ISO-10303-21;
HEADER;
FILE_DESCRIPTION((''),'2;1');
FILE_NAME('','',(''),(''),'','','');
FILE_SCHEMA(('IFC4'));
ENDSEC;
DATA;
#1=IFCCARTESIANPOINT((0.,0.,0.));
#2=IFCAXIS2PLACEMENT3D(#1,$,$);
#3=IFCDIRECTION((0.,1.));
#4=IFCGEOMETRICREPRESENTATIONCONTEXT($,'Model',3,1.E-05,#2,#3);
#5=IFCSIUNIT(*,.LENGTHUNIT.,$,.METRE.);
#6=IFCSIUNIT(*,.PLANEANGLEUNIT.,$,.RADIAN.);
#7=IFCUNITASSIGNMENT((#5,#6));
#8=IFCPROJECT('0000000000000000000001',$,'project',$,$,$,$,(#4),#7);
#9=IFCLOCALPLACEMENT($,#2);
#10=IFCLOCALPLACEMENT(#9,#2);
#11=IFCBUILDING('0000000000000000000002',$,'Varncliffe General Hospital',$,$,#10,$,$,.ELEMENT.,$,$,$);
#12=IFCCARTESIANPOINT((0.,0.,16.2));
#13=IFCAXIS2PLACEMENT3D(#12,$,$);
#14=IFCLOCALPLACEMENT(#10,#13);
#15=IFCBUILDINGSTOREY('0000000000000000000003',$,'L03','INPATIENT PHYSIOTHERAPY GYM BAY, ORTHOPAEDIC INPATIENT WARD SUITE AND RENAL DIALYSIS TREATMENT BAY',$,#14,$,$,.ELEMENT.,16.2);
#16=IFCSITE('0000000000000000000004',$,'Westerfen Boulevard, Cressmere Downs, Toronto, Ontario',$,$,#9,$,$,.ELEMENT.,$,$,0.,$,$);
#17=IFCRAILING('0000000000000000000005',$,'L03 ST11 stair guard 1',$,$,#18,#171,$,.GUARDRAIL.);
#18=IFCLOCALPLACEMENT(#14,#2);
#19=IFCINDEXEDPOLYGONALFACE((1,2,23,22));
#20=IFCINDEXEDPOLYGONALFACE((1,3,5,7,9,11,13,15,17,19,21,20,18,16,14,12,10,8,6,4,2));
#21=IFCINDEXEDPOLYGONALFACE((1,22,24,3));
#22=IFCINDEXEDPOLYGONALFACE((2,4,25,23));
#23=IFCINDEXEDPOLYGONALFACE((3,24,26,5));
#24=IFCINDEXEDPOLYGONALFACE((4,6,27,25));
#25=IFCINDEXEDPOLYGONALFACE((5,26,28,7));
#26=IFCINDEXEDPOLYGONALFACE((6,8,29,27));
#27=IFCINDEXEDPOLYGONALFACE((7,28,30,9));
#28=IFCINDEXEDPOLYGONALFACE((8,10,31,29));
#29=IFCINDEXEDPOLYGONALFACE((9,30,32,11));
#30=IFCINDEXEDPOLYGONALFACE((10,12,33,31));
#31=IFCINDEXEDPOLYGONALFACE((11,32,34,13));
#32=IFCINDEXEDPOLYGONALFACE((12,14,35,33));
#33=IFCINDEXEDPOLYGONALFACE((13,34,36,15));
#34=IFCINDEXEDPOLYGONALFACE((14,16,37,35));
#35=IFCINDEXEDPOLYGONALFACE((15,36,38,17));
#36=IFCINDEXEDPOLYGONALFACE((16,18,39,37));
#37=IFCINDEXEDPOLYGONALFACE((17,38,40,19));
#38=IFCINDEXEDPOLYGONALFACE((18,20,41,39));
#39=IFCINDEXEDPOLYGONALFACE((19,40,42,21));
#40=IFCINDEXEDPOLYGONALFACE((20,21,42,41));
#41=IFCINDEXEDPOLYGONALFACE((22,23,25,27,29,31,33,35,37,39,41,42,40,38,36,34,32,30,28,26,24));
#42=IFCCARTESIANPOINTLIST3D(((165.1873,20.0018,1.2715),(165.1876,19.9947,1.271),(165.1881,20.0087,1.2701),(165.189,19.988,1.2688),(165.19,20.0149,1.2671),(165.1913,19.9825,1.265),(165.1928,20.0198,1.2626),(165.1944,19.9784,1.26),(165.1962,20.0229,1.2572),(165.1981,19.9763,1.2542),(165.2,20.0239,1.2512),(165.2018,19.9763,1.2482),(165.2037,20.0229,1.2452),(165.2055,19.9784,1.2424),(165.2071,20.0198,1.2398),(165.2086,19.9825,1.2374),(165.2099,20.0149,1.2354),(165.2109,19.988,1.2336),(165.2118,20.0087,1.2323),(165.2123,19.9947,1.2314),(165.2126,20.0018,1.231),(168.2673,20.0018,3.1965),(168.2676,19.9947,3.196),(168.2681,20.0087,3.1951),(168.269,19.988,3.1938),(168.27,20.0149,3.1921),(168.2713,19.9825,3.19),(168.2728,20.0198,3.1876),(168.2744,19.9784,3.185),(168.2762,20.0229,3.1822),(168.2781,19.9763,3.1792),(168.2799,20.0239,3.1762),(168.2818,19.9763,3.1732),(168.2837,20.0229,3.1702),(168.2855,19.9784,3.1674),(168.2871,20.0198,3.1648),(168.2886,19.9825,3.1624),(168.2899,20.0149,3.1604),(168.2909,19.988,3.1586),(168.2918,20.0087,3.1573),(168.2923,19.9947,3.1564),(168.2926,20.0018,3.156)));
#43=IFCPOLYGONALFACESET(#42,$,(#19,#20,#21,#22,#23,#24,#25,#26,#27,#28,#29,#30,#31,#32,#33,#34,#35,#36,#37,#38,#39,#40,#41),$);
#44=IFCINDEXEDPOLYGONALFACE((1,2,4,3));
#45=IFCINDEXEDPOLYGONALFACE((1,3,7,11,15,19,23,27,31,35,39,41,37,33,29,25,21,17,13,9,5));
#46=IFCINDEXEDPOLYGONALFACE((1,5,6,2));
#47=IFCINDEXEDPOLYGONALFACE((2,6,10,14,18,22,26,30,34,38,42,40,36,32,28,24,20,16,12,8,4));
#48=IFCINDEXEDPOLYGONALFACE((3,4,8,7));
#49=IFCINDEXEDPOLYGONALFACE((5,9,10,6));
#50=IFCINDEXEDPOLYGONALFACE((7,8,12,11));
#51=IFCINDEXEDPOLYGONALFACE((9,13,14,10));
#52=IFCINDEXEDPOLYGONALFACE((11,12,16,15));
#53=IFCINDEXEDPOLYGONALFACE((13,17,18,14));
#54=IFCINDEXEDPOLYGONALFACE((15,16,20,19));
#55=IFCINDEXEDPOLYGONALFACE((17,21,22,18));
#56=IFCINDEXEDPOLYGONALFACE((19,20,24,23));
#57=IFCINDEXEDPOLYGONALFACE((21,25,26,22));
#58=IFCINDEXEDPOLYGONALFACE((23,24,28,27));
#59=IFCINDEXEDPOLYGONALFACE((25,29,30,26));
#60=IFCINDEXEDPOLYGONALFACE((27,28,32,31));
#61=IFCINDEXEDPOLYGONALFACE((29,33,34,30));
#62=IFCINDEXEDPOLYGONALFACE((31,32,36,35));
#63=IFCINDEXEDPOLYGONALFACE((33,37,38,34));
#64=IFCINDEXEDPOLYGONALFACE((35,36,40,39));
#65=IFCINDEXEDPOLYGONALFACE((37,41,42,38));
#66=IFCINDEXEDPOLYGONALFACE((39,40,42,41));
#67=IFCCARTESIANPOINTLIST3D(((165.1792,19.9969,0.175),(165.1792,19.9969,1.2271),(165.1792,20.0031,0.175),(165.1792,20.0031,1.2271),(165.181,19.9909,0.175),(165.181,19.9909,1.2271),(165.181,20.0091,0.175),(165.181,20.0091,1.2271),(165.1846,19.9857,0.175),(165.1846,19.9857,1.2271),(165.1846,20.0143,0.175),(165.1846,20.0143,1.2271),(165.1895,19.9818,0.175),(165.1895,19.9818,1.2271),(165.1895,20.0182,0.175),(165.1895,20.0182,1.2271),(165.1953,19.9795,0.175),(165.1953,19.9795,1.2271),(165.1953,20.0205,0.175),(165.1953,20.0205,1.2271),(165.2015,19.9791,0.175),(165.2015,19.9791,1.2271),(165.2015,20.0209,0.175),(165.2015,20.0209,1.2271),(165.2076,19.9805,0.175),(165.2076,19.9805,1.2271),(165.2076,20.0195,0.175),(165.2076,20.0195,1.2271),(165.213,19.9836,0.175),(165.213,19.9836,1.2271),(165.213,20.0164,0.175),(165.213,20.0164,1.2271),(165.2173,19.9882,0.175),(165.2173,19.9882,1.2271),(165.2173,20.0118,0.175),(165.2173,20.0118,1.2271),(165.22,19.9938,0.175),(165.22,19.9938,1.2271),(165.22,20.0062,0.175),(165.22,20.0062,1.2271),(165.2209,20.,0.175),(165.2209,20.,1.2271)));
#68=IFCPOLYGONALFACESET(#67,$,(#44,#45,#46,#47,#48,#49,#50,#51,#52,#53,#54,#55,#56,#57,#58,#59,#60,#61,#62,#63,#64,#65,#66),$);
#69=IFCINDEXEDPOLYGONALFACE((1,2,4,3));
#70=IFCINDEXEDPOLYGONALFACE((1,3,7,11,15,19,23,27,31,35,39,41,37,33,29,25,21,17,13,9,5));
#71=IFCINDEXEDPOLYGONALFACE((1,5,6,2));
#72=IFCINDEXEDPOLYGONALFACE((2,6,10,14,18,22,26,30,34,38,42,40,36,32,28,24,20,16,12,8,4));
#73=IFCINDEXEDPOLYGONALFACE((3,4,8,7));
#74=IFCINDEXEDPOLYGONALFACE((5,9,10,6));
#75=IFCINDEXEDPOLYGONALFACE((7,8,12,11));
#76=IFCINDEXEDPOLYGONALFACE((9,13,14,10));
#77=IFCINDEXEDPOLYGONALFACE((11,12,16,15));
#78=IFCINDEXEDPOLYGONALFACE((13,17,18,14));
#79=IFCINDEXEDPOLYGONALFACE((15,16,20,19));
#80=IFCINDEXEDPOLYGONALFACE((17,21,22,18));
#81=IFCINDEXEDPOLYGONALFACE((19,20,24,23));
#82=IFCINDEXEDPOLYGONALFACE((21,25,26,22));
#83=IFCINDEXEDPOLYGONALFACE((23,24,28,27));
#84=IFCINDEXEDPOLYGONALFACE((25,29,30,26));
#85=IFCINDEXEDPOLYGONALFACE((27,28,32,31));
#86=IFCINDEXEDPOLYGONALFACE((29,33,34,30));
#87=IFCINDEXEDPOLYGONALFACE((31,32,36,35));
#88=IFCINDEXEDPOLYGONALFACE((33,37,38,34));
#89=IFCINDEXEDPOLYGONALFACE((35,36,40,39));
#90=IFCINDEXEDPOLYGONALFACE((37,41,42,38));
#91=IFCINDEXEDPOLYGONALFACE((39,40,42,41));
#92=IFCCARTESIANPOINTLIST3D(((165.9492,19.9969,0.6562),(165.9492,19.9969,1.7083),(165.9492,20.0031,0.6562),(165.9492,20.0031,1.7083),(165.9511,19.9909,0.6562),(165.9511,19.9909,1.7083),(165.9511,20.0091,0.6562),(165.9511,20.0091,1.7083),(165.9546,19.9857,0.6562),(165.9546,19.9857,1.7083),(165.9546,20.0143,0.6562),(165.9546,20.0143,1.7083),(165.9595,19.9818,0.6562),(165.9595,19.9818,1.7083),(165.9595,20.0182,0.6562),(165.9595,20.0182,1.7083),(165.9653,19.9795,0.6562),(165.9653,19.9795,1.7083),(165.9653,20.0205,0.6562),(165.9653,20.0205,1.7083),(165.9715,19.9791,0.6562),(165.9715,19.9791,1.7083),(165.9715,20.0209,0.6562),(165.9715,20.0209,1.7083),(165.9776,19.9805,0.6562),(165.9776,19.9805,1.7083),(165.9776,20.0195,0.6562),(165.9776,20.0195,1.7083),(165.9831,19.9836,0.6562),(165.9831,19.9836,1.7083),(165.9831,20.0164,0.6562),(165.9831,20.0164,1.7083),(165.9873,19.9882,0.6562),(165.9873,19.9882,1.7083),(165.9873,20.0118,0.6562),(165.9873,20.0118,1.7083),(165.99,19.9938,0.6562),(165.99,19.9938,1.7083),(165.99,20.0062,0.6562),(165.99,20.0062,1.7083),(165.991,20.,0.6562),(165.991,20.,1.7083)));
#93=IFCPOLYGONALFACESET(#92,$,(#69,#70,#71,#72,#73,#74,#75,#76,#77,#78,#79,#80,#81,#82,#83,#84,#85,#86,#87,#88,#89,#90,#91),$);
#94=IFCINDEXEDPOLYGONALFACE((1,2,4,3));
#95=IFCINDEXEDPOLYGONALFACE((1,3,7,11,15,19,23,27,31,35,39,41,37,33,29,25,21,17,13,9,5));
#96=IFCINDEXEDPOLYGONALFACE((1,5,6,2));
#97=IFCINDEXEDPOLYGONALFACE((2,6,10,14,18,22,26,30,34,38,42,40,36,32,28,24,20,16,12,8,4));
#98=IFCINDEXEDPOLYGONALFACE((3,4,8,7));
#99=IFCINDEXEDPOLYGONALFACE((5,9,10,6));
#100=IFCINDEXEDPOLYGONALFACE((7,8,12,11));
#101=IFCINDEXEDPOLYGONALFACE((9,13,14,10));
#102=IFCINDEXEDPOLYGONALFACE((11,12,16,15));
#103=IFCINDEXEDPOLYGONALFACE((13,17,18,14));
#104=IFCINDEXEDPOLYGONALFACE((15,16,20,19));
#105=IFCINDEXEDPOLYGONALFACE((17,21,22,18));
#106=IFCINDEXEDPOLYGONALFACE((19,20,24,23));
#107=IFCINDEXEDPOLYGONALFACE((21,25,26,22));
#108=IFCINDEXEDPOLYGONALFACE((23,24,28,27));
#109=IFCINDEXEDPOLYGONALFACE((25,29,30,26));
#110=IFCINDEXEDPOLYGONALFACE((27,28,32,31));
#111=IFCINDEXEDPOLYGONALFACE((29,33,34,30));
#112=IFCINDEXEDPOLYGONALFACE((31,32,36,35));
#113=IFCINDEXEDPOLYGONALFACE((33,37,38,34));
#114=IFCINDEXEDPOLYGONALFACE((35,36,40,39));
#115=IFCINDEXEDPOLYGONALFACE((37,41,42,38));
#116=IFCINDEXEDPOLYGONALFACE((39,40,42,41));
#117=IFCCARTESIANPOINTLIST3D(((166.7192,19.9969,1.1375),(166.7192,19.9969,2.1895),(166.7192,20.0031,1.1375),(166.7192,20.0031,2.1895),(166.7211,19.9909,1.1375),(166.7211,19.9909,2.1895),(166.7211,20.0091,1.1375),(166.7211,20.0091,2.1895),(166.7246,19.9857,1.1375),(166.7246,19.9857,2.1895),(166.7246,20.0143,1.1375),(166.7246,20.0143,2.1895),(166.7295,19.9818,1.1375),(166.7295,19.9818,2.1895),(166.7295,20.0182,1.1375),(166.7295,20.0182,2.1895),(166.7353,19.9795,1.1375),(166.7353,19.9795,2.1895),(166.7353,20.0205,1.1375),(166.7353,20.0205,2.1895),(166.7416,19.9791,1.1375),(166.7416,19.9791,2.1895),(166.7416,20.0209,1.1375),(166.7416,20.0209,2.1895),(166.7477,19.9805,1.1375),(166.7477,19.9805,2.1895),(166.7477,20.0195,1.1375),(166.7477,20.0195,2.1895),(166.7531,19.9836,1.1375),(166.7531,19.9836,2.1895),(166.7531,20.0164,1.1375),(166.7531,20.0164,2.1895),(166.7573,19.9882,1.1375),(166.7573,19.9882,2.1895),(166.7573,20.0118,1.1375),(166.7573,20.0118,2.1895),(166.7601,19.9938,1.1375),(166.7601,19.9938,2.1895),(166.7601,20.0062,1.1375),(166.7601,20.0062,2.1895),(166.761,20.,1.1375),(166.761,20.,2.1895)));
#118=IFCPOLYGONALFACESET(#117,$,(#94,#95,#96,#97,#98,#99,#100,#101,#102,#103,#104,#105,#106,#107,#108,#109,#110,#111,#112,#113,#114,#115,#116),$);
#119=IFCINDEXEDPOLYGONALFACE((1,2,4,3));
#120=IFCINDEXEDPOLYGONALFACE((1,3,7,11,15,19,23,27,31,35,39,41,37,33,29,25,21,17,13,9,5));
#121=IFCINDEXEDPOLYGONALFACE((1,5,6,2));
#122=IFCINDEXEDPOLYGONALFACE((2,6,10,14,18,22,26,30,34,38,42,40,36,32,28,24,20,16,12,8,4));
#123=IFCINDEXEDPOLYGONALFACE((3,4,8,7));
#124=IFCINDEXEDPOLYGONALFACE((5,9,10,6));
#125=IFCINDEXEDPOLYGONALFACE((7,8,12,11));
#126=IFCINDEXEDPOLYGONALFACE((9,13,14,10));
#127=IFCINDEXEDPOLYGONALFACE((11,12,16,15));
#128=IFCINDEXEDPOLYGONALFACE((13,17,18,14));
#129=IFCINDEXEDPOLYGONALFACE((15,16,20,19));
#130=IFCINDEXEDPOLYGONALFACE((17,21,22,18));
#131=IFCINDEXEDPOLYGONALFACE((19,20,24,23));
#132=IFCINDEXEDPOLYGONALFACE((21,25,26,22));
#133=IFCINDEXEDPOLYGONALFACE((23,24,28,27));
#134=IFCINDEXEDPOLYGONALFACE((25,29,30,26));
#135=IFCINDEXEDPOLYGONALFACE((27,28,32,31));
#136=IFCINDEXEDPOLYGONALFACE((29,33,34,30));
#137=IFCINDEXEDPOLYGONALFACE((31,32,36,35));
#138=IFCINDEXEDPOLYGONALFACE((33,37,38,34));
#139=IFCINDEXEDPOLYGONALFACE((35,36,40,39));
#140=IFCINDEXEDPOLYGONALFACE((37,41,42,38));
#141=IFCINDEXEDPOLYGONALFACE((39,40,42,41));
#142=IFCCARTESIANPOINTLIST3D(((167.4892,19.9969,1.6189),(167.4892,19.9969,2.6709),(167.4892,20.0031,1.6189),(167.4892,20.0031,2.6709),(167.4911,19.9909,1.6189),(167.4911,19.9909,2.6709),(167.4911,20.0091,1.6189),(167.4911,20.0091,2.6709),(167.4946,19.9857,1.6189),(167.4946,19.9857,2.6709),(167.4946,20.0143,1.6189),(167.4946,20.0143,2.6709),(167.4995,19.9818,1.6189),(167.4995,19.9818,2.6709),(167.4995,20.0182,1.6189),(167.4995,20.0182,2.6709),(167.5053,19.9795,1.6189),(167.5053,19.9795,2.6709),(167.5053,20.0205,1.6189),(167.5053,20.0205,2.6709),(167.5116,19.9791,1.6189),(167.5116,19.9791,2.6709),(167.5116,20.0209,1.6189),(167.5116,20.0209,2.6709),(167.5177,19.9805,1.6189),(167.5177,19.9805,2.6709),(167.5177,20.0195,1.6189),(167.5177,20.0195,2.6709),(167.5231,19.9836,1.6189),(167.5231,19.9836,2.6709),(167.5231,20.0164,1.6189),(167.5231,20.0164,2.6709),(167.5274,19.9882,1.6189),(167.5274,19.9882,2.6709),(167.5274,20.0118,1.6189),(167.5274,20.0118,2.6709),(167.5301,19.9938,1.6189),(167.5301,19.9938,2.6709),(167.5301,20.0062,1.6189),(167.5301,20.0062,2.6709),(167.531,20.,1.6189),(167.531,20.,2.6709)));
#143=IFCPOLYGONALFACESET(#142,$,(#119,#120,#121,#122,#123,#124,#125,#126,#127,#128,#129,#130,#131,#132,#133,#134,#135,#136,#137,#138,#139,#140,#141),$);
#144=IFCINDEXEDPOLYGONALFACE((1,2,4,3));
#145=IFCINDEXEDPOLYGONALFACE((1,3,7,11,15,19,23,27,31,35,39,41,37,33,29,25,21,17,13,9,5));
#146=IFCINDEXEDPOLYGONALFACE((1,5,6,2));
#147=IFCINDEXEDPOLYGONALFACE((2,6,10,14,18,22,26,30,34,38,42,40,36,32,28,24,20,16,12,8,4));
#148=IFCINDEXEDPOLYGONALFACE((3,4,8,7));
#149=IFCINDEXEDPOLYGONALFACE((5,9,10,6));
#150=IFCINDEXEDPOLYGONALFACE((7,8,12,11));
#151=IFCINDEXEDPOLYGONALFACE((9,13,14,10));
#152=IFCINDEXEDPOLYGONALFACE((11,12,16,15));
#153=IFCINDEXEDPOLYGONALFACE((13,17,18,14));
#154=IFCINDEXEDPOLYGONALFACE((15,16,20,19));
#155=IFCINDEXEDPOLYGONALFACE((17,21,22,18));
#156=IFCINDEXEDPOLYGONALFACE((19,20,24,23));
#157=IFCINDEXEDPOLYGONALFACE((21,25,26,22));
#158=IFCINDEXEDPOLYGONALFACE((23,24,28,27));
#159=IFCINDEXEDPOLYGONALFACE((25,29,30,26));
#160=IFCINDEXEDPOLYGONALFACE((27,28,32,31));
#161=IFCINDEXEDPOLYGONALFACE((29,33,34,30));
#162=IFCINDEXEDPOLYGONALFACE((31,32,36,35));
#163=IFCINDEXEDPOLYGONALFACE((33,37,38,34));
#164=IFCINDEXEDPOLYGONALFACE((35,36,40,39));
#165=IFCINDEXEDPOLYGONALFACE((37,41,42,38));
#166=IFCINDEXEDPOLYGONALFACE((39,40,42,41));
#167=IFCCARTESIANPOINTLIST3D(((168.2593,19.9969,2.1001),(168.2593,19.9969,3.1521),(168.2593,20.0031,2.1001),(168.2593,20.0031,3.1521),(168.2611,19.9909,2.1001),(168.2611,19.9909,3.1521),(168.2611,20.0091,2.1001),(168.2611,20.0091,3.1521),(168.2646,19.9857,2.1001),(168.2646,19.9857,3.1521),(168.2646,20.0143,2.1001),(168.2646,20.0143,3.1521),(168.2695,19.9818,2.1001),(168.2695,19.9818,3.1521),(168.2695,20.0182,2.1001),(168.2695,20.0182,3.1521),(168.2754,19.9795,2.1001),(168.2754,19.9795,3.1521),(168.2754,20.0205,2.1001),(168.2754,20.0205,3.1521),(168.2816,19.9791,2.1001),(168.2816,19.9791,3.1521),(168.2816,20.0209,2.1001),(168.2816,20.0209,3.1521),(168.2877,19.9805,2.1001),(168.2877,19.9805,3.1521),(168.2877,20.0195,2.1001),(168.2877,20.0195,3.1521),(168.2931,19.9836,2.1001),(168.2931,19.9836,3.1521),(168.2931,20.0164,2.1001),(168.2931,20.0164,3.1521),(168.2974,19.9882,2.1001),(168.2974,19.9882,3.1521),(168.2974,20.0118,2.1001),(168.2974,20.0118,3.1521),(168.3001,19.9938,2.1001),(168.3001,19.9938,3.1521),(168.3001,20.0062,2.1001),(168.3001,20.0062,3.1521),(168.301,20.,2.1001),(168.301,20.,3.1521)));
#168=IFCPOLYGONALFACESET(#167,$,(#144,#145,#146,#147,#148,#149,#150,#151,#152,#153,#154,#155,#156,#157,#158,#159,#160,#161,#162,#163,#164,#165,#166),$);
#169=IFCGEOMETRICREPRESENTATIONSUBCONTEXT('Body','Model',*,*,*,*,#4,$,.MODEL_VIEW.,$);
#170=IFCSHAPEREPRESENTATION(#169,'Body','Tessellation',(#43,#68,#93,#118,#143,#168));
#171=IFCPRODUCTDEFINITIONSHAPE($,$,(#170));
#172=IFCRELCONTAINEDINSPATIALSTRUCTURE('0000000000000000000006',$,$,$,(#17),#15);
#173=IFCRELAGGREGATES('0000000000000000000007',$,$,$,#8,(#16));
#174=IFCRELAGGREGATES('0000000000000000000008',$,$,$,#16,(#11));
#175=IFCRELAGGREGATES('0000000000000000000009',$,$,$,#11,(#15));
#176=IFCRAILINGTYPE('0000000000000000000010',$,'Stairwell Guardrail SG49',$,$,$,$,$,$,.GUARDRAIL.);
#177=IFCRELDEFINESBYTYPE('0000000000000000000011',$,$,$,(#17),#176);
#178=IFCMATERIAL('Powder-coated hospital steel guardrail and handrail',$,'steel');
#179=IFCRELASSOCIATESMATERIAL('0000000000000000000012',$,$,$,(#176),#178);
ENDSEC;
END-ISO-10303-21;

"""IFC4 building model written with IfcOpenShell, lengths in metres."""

from ifc_helpers import new_model, si_unit, direction, frame, origin, origin_2d, place, context, subcontext, project, spatial, circle, extrude, material, type_object, element, save


model = new_model("IFC4")

# Units and contexts
model_context = context("Model", 3, precision=1e-05, world=origin(), true_north=direction((0.0, 1.0)))
body_context = subcontext(model_context, "Body", "Model", "MODEL_VIEW")
ifc_project = project(units=[si_unit("LENGTHUNIT", "METRE"), si_unit("PLANEANGLEUNIT", "RADIAN")], contexts=[model_context])

# Site, building, storey
site_placement = place(None, origin())
site = spatial("IfcSite", under=ifc_project, at=site_placement, Name="Westerfen Boulevard, Cressmere Downs, Toronto, Ontario", CompositionType="ELEMENT", RefElevation=0.0)
building_placement = place(site_placement, origin())
building = spatial("IfcBuilding", under=site, at=building_placement, Name="Varncliffe General Hospital", CompositionType="ELEMENT")
storey_placement = place(building_placement, frame((0.0, 0.0, 16.2)))
storey = spatial("IfcBuildingStorey", under=building, at=storey_placement, Name="L03", Description="INPATIENT PHYSIOTHERAPY GYM BAY, ORTHOPAEDIC INPATIENT WARD SUITE AND RENAL DIALYSIS TREATMENT BAY", CompositionType="ELEMENT", Elevation=16.2)

# Railing
ifc_material_1 = material(Name="Powder-coated hospital steel guardrail and handrail", Category="steel")
railing_type_1 = type_object("IfcRailingType", Name="Stairwell Guardrail SG49", PredefinedType="GUARDRAIL", material=ifc_material_1)
railing_1_placement = place(storey_placement, frame((165.2, 20.0, 0.175)))
element("IfcRailing", 1, at=railing_1_placement, inside=storey, type_object=railing_type_1, Name="L03 ST11 stair guard 1", PredefinedType="GUARDRAIL", context=body_context, shape_type="SweptSolid", body=[
    extrude(circle(Radius=0.0239, at=origin_2d()), frame((0.0, 0.0, 1.0762), z_axis=(0.847998, 0.0, 0.529999), x_axis=(0.0, 1.0, 0.0)), (0.0, 0.0, 1.0), 3.6321),
    extrude(circle(Radius=0.021, at=origin_2d()), origin(), (0.0, 0.0, 1.0), 1.052),
    extrude(circle(Radius=0.021, at=origin_2d()), frame((0.77, 0.0, 0.4812)), (0.0, 0.0, 1.0), 1.052),
    extrude(circle(Radius=0.021, at=origin_2d()), frame((1.54, 0.0, 0.9624)), (0.0, 0.0, 1.0), 1.052),
    extrude(circle(Radius=0.021, at=origin_2d()), frame((2.3101, 0.0, 1.4438)), (0.0, 0.0, 1.0), 1.052),
    extrude(circle(Radius=0.021, at=origin_2d()), frame((3.0801, 0.0, 1.925)), (0.0, 0.0, 1.0), 1.052),
])

save(model, "model.ifc")
